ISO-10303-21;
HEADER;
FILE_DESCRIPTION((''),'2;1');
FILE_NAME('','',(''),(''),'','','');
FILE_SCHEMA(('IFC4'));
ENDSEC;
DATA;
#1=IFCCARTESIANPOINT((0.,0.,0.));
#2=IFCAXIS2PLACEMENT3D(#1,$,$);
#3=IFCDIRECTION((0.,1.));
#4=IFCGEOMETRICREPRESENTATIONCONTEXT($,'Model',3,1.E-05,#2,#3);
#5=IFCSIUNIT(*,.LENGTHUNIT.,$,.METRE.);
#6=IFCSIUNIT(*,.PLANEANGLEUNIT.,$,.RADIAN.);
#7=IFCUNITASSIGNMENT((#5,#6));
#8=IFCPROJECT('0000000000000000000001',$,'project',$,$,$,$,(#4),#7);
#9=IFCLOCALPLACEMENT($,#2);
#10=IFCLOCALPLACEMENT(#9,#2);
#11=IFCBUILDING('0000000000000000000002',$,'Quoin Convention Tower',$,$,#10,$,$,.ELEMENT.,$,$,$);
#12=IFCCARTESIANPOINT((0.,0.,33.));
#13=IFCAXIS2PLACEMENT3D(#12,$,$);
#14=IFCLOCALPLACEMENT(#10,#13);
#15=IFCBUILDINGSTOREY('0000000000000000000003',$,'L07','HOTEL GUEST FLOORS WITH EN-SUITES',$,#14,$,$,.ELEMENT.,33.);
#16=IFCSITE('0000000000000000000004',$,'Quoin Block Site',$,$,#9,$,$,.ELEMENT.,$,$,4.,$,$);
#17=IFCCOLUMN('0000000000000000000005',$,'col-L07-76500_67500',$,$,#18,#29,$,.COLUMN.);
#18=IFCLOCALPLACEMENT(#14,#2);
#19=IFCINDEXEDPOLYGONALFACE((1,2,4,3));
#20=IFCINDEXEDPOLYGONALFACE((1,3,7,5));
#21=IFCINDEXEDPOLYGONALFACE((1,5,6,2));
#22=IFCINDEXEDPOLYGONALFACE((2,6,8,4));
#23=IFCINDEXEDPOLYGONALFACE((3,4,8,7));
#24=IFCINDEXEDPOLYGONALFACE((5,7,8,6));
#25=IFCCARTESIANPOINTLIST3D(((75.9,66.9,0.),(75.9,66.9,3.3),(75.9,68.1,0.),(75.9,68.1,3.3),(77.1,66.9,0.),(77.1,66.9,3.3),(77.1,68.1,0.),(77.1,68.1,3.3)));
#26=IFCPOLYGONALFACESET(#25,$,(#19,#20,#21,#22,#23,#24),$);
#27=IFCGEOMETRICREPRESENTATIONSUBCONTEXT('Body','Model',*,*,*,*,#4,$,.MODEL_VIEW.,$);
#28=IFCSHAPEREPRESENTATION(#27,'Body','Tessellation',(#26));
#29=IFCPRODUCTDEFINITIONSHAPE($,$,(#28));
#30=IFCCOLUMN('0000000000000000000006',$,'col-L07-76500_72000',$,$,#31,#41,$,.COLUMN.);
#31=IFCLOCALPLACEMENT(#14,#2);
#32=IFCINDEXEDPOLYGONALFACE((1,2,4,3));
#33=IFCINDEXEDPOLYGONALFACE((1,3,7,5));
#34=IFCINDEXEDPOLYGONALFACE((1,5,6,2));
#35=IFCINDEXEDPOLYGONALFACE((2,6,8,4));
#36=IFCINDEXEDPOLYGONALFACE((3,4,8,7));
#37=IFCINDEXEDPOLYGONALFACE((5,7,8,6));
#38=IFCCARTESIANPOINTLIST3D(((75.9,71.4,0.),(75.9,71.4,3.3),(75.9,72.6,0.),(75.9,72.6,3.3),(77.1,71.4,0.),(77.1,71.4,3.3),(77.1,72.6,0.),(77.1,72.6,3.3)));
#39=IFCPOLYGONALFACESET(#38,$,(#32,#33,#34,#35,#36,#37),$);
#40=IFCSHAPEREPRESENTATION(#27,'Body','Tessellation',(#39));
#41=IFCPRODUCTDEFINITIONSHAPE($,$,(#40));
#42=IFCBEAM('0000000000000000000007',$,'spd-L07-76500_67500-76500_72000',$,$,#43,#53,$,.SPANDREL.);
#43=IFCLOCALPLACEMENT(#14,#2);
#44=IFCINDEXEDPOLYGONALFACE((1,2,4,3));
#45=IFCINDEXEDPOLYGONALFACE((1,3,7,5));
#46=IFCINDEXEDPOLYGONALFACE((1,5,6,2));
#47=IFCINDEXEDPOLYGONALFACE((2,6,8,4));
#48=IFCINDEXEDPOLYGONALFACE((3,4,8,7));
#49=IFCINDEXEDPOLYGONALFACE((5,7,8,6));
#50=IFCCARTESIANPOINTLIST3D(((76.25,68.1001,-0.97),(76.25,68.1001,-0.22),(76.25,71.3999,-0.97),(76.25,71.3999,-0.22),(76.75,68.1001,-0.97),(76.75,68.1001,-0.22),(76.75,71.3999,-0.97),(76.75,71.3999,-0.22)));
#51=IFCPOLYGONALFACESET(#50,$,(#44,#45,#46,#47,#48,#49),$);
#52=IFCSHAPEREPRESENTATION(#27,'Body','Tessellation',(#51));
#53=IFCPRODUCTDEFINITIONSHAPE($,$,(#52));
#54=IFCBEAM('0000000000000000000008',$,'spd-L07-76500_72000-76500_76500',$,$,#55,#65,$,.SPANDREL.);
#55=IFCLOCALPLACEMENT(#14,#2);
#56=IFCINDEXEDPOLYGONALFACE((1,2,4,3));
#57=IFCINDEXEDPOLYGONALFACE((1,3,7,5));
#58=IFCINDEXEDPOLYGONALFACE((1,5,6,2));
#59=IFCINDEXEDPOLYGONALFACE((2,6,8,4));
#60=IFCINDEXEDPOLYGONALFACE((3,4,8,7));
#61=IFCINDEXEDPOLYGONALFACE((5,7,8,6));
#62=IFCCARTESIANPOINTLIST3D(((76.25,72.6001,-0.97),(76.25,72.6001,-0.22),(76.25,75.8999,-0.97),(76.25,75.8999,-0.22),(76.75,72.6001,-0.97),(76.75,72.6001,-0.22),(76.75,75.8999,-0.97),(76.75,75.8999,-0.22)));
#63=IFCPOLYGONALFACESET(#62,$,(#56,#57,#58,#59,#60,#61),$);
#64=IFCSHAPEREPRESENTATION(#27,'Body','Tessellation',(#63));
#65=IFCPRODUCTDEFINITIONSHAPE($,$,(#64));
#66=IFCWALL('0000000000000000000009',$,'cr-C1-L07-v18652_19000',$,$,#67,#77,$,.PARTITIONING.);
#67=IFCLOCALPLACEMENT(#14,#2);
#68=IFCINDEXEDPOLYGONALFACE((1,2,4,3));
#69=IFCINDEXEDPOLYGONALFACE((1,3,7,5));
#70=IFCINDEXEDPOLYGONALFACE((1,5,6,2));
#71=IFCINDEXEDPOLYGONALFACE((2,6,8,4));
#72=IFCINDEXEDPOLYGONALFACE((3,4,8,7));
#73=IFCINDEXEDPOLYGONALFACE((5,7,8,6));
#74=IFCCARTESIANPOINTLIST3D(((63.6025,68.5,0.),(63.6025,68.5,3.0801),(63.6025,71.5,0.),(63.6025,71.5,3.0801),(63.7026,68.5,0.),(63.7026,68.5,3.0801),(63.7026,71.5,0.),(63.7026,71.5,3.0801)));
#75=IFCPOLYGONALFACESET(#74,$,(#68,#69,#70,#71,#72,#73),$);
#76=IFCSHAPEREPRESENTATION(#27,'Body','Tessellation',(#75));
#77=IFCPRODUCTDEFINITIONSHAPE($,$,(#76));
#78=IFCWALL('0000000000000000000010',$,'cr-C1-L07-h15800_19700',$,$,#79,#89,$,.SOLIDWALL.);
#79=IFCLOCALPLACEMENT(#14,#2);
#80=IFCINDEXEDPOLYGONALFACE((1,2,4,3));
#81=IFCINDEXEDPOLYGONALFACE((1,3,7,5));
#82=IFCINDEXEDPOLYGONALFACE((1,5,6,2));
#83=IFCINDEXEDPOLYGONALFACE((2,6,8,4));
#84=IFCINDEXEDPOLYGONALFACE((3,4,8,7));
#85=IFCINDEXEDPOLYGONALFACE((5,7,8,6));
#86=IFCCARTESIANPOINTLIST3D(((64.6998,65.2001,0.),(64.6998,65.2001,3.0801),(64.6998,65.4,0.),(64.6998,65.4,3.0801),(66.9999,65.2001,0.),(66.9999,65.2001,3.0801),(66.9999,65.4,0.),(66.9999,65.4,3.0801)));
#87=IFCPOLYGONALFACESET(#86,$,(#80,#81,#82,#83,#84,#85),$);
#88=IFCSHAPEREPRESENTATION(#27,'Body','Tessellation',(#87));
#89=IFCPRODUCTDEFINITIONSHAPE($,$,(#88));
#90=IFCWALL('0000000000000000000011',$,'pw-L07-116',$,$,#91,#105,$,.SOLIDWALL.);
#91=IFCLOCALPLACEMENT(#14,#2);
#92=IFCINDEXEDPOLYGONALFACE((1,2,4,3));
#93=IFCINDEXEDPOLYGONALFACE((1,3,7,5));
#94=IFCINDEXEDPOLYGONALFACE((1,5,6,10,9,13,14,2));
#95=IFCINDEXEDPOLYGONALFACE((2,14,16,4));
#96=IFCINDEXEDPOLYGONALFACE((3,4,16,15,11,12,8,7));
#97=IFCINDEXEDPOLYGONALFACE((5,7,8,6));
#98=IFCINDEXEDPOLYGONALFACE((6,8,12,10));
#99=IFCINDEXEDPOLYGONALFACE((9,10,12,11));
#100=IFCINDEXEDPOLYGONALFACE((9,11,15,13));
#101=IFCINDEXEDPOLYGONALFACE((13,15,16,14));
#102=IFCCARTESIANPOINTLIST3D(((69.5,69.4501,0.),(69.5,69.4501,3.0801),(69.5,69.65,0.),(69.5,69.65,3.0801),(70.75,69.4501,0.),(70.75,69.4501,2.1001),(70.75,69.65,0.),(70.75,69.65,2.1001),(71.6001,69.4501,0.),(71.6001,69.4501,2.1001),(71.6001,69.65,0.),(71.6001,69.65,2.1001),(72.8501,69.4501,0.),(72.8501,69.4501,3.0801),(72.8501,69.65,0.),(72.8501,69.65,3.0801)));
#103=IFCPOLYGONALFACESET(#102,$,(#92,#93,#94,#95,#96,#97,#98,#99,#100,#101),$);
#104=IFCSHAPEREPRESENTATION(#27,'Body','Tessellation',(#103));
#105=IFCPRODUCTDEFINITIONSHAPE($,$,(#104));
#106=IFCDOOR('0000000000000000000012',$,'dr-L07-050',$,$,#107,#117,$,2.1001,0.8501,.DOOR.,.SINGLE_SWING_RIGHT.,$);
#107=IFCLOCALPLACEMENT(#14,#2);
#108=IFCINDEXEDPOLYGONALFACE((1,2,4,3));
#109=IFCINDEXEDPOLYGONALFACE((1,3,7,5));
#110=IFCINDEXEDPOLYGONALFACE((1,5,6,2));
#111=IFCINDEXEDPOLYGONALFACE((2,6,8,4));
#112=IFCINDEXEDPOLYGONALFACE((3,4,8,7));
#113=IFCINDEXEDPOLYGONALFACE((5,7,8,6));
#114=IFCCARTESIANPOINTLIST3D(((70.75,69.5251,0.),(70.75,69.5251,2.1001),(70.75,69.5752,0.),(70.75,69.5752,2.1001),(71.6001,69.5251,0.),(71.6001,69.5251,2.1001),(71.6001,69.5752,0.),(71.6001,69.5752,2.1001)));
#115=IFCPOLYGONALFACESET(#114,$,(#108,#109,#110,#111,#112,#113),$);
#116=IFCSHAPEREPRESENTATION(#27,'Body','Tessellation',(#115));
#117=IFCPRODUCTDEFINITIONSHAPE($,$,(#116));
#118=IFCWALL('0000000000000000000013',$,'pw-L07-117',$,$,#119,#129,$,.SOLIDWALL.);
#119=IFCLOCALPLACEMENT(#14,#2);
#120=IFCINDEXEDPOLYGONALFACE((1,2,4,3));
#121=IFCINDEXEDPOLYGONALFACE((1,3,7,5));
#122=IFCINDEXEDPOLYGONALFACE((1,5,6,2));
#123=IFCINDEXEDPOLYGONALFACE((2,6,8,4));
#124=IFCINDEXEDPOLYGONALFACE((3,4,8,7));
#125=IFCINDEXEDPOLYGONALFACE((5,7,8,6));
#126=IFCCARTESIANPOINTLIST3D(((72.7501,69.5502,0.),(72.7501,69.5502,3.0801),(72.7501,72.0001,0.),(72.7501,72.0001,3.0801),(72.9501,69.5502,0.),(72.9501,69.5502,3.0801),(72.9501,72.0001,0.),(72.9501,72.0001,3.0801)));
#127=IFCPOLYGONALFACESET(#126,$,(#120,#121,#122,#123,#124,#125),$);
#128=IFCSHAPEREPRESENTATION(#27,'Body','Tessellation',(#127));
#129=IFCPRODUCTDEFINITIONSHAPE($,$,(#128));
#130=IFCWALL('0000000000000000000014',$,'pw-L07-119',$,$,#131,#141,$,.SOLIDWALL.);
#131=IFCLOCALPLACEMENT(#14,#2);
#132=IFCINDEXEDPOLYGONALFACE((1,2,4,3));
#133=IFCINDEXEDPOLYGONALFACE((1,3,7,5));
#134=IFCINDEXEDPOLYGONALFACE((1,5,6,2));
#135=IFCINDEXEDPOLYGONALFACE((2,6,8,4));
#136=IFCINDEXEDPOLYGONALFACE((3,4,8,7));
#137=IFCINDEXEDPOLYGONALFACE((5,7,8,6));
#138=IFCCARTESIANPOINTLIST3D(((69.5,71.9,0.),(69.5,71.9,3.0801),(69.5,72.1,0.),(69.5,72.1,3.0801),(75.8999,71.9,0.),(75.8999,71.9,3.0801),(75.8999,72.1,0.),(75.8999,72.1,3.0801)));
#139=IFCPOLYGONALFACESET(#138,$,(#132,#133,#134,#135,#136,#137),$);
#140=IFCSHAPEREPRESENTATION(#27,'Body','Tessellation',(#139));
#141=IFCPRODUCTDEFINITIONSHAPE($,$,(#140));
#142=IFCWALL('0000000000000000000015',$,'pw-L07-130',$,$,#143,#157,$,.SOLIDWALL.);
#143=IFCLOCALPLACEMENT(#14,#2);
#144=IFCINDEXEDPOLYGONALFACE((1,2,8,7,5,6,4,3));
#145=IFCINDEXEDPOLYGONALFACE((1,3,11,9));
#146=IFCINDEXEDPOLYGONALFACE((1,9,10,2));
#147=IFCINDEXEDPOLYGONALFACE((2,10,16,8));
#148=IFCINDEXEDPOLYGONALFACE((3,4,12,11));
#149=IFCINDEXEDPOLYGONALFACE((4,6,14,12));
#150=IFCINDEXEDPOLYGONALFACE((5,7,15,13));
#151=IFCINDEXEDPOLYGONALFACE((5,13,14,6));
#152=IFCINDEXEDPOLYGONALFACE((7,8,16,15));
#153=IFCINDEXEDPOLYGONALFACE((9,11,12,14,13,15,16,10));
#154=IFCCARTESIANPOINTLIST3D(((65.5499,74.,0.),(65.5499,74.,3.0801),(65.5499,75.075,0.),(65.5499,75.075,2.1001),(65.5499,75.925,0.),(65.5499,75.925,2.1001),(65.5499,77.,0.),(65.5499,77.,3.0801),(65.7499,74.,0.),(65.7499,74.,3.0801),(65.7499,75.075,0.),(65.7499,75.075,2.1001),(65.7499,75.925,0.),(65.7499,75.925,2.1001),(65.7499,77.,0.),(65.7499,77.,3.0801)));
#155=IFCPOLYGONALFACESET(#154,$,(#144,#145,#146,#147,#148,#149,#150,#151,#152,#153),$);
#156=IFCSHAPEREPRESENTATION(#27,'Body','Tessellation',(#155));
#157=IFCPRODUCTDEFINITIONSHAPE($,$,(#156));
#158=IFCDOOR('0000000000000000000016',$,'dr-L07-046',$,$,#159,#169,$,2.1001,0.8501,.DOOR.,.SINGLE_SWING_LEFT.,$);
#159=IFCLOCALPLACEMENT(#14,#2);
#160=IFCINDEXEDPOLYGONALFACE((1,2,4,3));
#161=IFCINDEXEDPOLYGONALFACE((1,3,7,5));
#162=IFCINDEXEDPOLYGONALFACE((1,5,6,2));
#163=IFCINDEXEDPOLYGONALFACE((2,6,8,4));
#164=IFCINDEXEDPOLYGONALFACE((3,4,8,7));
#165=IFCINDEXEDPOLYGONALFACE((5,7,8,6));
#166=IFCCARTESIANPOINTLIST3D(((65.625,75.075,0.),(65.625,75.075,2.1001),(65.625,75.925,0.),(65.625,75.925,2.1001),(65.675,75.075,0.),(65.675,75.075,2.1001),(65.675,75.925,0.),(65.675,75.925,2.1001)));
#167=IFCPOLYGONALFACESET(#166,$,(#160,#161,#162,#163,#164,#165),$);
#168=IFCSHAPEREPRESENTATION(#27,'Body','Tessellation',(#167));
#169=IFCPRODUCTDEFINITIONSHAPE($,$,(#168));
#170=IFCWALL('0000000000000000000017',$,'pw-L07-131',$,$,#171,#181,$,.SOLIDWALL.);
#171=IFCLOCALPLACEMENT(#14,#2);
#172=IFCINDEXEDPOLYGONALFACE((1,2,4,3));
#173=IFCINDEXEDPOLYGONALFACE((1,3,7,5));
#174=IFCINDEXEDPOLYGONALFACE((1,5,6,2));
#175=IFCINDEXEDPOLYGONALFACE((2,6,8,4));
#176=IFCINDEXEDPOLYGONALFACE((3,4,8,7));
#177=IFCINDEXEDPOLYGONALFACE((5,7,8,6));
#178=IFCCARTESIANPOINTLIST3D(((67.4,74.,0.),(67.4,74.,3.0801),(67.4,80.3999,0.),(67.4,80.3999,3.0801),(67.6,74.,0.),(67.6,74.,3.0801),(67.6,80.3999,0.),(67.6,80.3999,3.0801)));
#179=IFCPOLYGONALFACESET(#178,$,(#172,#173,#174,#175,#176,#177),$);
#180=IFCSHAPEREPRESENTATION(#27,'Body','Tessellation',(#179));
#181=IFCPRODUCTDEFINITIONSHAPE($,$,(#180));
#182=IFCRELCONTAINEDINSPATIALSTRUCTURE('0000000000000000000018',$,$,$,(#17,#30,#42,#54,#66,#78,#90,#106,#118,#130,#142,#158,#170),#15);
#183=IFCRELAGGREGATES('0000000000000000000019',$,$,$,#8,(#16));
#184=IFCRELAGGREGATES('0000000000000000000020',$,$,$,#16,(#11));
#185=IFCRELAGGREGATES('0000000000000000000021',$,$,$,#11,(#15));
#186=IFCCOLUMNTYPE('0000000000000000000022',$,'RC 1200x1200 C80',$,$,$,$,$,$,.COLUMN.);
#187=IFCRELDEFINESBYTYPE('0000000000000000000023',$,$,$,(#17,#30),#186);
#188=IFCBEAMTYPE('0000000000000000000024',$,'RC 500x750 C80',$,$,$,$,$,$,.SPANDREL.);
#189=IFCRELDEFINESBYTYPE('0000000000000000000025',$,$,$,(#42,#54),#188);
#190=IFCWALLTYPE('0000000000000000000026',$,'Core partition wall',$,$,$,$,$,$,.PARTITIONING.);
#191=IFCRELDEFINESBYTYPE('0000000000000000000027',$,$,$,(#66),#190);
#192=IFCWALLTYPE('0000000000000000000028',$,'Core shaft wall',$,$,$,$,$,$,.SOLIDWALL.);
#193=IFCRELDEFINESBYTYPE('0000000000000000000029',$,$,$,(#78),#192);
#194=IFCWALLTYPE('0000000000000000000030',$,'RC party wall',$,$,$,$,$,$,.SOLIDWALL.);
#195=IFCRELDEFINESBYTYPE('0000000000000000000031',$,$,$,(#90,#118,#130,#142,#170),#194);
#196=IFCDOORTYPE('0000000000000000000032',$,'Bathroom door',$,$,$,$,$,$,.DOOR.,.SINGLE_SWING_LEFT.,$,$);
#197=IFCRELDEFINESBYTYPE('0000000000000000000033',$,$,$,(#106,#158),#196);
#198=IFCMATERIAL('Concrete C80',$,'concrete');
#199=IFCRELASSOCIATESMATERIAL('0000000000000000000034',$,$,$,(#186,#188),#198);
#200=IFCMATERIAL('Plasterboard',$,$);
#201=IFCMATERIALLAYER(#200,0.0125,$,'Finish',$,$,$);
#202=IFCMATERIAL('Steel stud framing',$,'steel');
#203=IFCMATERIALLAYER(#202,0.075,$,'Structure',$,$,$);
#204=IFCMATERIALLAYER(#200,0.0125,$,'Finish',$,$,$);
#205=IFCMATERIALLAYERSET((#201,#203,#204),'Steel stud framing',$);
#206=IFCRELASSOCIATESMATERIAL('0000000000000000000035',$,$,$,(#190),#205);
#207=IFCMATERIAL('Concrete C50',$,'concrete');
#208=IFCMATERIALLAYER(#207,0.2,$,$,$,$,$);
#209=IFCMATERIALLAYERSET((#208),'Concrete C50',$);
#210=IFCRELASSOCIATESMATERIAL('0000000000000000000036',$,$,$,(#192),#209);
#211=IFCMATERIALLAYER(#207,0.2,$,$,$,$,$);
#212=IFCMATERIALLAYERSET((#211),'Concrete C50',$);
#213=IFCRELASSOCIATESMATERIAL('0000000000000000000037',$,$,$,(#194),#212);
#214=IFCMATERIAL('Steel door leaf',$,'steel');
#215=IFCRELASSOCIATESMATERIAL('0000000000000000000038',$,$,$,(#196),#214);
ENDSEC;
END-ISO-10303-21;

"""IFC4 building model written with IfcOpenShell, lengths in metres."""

from ifc_helpers import new_model, si_unit, direction, frame, frame_2d, origin, origin_2d, place, context, subcontext, project, spatial, rectangle, extrude, material, layer, layer_set, material_profile, profile_set, type_object, element, fill, save


model = new_model("IFC4")

# Units and contexts
model_context = context("Model", 3, precision=1e-05, world=origin(), true_north=direction((0.0, 1.0)))
body_context = subcontext(model_context, "Body", "Model", "MODEL_VIEW")
ifc_project = project(units=[si_unit("LENGTHUNIT", "METRE"), si_unit("PLANEANGLEUNIT", "RADIAN")], contexts=[model_context])

# Site, building, storey
site_placement = place(None, origin())
site = spatial("IfcSite", under=ifc_project, at=site_placement, Name="Quoin Block Site", CompositionType="ELEMENT", RefElevation=4.0)
building_placement = place(site_placement, origin())
building = spatial("IfcBuilding", under=site, at=building_placement, Name="Quoin Convention Tower", CompositionType="ELEMENT")
storey_placement = place(building_placement, frame((0.0, 0.0, 33.0)))
storey = spatial("IfcBuildingStorey", under=building, at=storey_placement, Name="L07", Description="HOTEL GUEST FLOORS WITH EN-SUITES", CompositionType="ELEMENT", Elevation=33.0)

# Columns
ifc_material_1 = material(Name="Concrete C80", Category="concrete")
ifc_material_profile_1 = material_profile(ifc_material_1, rectangle(XDim=1.2, YDim=1.2, at=origin_2d()), Name="RC 1200x1200")
ifc_profile_set_1 = profile_set([ifc_material_profile_1], Name="Concrete C80")
column_type = type_object("IfcColumnType", Name="RC 1200x1200 C80", PredefinedType="COLUMN", material=ifc_profile_set_1)
for number, where, z_axis, x_axis, name in (
    (1, (76.5, 67.5, 0.0), (0.0, 0.0, 1.0), (1.0, 0.0, 0.0), "col-L07-76500_67500"),
    (2, (76.5, 72.0, 0.0), (0.0, 0.0, 1.0), (1.0, 0.0, 0.0), "col-L07-76500_72000"),
):
    element("IfcColumn", number, at=place(storey_placement, frame(where, z_axis=z_axis, x_axis=x_axis)), inside=storey, type_object=column_type, Name=name, PredefinedType="COLUMN", context=body_context, shape_type="SweptSolid", body=[
        extrude(rectangle(XDim=1.2, YDim=1.2, at=origin_2d()), origin(), (0.0, 0.0, 1.0), 3.3),
    ])

# Beams
ifc_material_profile_2 = material_profile(ifc_material_1, rectangle(XDim=0.5, YDim=0.75, at=origin_2d()), Name="RC 500x750")
ifc_profile_set_2 = profile_set([ifc_material_profile_2], Name="Concrete C80")
beam_type = type_object("IfcBeamType", Name="RC 500x750 C80", PredefinedType="SPANDREL", material=ifc_profile_set_2)
for number, where, z_axis, x_axis, name in (
    (3, (76.5, 68.1001, -0.595), (0.0, 1.0, 0.0), (-1.0, 0.0, 0.0), "spd-L07-76500_67500-76500_72000"),
    (4, (76.5, 72.6001, -0.595), (0.0, 1.0, 0.0), (-1.0, 0.0, 0.0), "spd-L07-76500_72000-76500_76500"),
):
    element("IfcBeam", number, at=place(storey_placement, frame(where, z_axis=z_axis, x_axis=x_axis)), inside=storey, type_object=beam_type, Name=name, PredefinedType="SPANDREL", context=body_context, shape_type="SweptSolid", body=[
        extrude(rectangle(XDim=0.5, YDim=0.75, at=origin_2d()), origin(), (0.0, 0.0, 1.0), 3.2998),
    ])

# Walls
ifc_material_2 = material(Name="Plasterboard")
ifc_layer_1 = layer(ifc_material_2, 0.0125, Name="Finish")
ifc_material_3 = material(Name="Steel stud framing", Category="steel")
ifc_layer_2 = layer(ifc_material_3, 0.075, Name="Structure")
ifc_layer_3 = layer(ifc_material_2, 0.0125, Name="Finish")
ifc_layer_set_1 = layer_set([ifc_layer_1, ifc_layer_2, ifc_layer_3], Name="Steel stud framing")
wall_type_1 = type_object("IfcWallType", Name="Core partition wall", PredefinedType="PARTITIONING", material=ifc_layer_set_1)
wall_1_placement = place(storey_placement, frame((63.6526, 68.5, 0.0), z_axis=(0.0, 0.0, 1.0), x_axis=(0.0, 1.0, 0.0)))
element("IfcWall", 5, at=wall_1_placement, inside=storey, type_object=wall_type_1, Name="cr-C1-L07-v18652_19000", PredefinedType="PARTITIONING", context=body_context, shape_type="SweptSolid", body=[
    extrude(rectangle(XDim=3.0, YDim=0.1001, at=frame_2d((1.5, 0.0))), origin(), (0.0, 0.0, 1.0), 3.0801),
])
ifc_material_4 = material(Name="Concrete C50", Category="concrete")
ifc_layer_4 = layer(ifc_material_4, 0.2)
ifc_layer_set_2 = layer_set([ifc_layer_4], Name="Concrete C50")
wall_type_2 = type_object("IfcWallType", Name="Core shaft wall", PredefinedType="SOLIDWALL", material=ifc_layer_set_2)
wall_2_placement = place(storey_placement, frame((64.7, 65.3, 0.0), z_axis=(0.0, 0.0, 1.0), x_axis=(1.0, 0.0, 0.0)))
element("IfcWall", 6, at=wall_2_placement, inside=storey, type_object=wall_type_2, Name="cr-C1-L07-h15800_19700", PredefinedType="SOLIDWALL", context=body_context, shape_type="SweptSolid", body=[
    extrude(rectangle(XDim=2.3, YDim=0.2, at=frame_2d((1.1499, 0.0))), origin(), (0.0, 0.0, 1.0), 3.0801),
])

# Wall, opening, door
ifc_layer_5 = layer(ifc_material_4, 0.2)
ifc_layer_set_3 = layer_set([ifc_layer_5], Name="Concrete C50")
wall_type_3 = type_object("IfcWallType", Name="RC party wall", PredefinedType="SOLIDWALL", material=ifc_layer_set_3)
wall_3_placement = place(storey_placement, frame((69.5, 69.55, 0.0), z_axis=(0.0, 0.0, 1.0), x_axis=(1.0, 0.0, 0.0)))
wall_3 = element("IfcWall", 7, at=wall_3_placement, inside=storey, type_object=wall_type_3, Name="pw-L07-116", PredefinedType="SOLIDWALL", context=body_context, shape_type="SweptSolid", body=[
    extrude(rectangle(XDim=3.3501, YDim=0.2, at=frame_2d((1.675, 0.0))), origin(), (0.0, 0.0, 1.0), 3.0801),
])
opening_1_placement = place(wall_3_placement, frame((1.25, 0.0, 0.0)))
opening_1 = element("IfcOpeningElement", 8, at=opening_1_placement, cuts=wall_3, PredefinedType="OPENING", context=body_context, shape_type="SweptSolid", body=[
    extrude(rectangle(XDim=0.8501, YDim=2.1001, at=frame_2d((0.425, 1.05))), frame((0.0, 0.1099, 0.0), z_axis=(0.0, -1.0, 0.0), x_axis=(1.0, 0.0, 0.0)), (0.0, 0.0, 1.0), 0.22),
])
ifc_material_5 = material(Name="Steel door leaf", Category="steel")
door_type = type_object("IfcDoorType", Name="Bathroom door", OperationType="SINGLE_SWING_LEFT", PredefinedType="DOOR", material=ifc_material_5)
door_1_placement = place(opening_1_placement, frame((0.8501, 0.0, 0.0), z_axis=(0.0, 0.0, 1.0), x_axis=(-1.0, 0.0, 0.0)))
door_1 = element("IfcDoor", 9, at=door_1_placement, inside=storey, type_object=door_type, Name="dr-L07-050", OperationType="SINGLE_SWING_RIGHT", OverallHeight=2.1001, OverallWidth=0.8501, PredefinedType="DOOR", context=body_context, shape_type="SweptSolid", body=[
    extrude(rectangle(XDim=0.8501, YDim=2.1001, at=frame_2d((0.425, 1.05))), frame((0.0, 0.0249, 0.0), z_axis=(0.0, -1.0, 0.0), x_axis=(1.0, 0.0, 0.0)), (0.0, 0.0, 1.0), 0.05),
])
fill(opening_1, door_1)

# Walls
wall_4_placement = place(storey_placement, frame((72.8501, 69.55, 0.0), z_axis=(0.0, 0.0, 1.0), x_axis=(0.0, 1.0, 0.0)))
element("IfcWall", 10, at=wall_4_placement, inside=storey, type_object=wall_type_3, Name="pw-L07-117", PredefinedType="SOLIDWALL", context=body_context, shape_type="SweptSolid", body=[
    extrude(rectangle(XDim=2.45, YDim=0.2, at=frame_2d((1.2251, 0.0))), origin(), (0.0, 0.0, 1.0), 3.0801),
])
wall_5_placement = place(storey_placement, frame((69.5, 72.0, 0.0), z_axis=(0.0, 0.0, 1.0), x_axis=(1.0, 0.0, 0.0)))
element("IfcWall", 11, at=wall_5_placement, inside=storey, type_object=wall_type_3, Name="pw-L07-119", PredefinedType="SOLIDWALL", context=body_context, shape_type="SweptSolid", body=[
    extrude(rectangle(XDim=6.3999, YDim=0.2, at=frame_2d((3.2, 0.0))), origin(), (0.0, 0.0, 1.0), 3.0801),
])

# Wall, opening, door
wall_6_placement = place(storey_placement, frame((65.6499, 74.0, 0.0), z_axis=(0.0, 0.0, 1.0), x_axis=(0.0, 1.0, 0.0)))
wall_6 = element("IfcWall", 12, at=wall_6_placement, inside=storey, type_object=wall_type_3, Name="pw-L07-130", PredefinedType="SOLIDWALL", context=body_context, shape_type="SweptSolid", body=[
    extrude(rectangle(XDim=3.0, YDim=0.2, at=frame_2d((1.5, 0.0))), origin(), (0.0, 0.0, 1.0), 3.0801),
])
opening_2_placement = place(wall_6_placement, frame((1.075, 0.0, 0.0)))
opening_2 = element("IfcOpeningElement", 13, at=opening_2_placement, cuts=wall_6, PredefinedType="OPENING", context=body_context, shape_type="SweptSolid", body=[
    extrude(rectangle(XDim=0.8501, YDim=2.1001, at=frame_2d((0.425, 1.05))), frame((0.0, 0.1099, 0.0), z_axis=(0.0, -1.0, 0.0), x_axis=(1.0, 0.0, 0.0)), (0.0, 0.0, 1.0), 0.22),
])
door_2_placement = place(opening_2_placement, origin())
door_2 = element("IfcDoor", 14, at=door_2_placement, inside=storey, type_object=door_type, Name="dr-L07-046", OperationType="SINGLE_SWING_LEFT", OverallHeight=2.1001, OverallWidth=0.8501, PredefinedType="DOOR", context=body_context, shape_type="SweptSolid", body=[
    extrude(rectangle(XDim=0.8501, YDim=2.1001, at=frame_2d((0.425, 1.05))), frame((0.0, 0.0249, 0.0), z_axis=(0.0, -1.0, 0.0), x_axis=(1.0, 0.0, 0.0)), (0.0, 0.0, 1.0), 0.05),
])
fill(opening_2, door_2)

# Wall
wall_7_placement = place(storey_placement, frame((67.5, 74.0, 0.0), z_axis=(0.0, 0.0, 1.0), x_axis=(0.0, 1.0, 0.0)))
element("IfcWall", 15, at=wall_7_placement, inside=storey, type_object=wall_type_3, Name="pw-L07-131", PredefinedType="SOLIDWALL", context=body_context, shape_type="SweptSolid", body=[
    extrude(rectangle(XDim=6.3999, YDim=0.2, at=frame_2d((3.2, 0.0))), origin(), (0.0, 0.0, 1.0), 3.0801),
])

save(model, "model.ifc")
